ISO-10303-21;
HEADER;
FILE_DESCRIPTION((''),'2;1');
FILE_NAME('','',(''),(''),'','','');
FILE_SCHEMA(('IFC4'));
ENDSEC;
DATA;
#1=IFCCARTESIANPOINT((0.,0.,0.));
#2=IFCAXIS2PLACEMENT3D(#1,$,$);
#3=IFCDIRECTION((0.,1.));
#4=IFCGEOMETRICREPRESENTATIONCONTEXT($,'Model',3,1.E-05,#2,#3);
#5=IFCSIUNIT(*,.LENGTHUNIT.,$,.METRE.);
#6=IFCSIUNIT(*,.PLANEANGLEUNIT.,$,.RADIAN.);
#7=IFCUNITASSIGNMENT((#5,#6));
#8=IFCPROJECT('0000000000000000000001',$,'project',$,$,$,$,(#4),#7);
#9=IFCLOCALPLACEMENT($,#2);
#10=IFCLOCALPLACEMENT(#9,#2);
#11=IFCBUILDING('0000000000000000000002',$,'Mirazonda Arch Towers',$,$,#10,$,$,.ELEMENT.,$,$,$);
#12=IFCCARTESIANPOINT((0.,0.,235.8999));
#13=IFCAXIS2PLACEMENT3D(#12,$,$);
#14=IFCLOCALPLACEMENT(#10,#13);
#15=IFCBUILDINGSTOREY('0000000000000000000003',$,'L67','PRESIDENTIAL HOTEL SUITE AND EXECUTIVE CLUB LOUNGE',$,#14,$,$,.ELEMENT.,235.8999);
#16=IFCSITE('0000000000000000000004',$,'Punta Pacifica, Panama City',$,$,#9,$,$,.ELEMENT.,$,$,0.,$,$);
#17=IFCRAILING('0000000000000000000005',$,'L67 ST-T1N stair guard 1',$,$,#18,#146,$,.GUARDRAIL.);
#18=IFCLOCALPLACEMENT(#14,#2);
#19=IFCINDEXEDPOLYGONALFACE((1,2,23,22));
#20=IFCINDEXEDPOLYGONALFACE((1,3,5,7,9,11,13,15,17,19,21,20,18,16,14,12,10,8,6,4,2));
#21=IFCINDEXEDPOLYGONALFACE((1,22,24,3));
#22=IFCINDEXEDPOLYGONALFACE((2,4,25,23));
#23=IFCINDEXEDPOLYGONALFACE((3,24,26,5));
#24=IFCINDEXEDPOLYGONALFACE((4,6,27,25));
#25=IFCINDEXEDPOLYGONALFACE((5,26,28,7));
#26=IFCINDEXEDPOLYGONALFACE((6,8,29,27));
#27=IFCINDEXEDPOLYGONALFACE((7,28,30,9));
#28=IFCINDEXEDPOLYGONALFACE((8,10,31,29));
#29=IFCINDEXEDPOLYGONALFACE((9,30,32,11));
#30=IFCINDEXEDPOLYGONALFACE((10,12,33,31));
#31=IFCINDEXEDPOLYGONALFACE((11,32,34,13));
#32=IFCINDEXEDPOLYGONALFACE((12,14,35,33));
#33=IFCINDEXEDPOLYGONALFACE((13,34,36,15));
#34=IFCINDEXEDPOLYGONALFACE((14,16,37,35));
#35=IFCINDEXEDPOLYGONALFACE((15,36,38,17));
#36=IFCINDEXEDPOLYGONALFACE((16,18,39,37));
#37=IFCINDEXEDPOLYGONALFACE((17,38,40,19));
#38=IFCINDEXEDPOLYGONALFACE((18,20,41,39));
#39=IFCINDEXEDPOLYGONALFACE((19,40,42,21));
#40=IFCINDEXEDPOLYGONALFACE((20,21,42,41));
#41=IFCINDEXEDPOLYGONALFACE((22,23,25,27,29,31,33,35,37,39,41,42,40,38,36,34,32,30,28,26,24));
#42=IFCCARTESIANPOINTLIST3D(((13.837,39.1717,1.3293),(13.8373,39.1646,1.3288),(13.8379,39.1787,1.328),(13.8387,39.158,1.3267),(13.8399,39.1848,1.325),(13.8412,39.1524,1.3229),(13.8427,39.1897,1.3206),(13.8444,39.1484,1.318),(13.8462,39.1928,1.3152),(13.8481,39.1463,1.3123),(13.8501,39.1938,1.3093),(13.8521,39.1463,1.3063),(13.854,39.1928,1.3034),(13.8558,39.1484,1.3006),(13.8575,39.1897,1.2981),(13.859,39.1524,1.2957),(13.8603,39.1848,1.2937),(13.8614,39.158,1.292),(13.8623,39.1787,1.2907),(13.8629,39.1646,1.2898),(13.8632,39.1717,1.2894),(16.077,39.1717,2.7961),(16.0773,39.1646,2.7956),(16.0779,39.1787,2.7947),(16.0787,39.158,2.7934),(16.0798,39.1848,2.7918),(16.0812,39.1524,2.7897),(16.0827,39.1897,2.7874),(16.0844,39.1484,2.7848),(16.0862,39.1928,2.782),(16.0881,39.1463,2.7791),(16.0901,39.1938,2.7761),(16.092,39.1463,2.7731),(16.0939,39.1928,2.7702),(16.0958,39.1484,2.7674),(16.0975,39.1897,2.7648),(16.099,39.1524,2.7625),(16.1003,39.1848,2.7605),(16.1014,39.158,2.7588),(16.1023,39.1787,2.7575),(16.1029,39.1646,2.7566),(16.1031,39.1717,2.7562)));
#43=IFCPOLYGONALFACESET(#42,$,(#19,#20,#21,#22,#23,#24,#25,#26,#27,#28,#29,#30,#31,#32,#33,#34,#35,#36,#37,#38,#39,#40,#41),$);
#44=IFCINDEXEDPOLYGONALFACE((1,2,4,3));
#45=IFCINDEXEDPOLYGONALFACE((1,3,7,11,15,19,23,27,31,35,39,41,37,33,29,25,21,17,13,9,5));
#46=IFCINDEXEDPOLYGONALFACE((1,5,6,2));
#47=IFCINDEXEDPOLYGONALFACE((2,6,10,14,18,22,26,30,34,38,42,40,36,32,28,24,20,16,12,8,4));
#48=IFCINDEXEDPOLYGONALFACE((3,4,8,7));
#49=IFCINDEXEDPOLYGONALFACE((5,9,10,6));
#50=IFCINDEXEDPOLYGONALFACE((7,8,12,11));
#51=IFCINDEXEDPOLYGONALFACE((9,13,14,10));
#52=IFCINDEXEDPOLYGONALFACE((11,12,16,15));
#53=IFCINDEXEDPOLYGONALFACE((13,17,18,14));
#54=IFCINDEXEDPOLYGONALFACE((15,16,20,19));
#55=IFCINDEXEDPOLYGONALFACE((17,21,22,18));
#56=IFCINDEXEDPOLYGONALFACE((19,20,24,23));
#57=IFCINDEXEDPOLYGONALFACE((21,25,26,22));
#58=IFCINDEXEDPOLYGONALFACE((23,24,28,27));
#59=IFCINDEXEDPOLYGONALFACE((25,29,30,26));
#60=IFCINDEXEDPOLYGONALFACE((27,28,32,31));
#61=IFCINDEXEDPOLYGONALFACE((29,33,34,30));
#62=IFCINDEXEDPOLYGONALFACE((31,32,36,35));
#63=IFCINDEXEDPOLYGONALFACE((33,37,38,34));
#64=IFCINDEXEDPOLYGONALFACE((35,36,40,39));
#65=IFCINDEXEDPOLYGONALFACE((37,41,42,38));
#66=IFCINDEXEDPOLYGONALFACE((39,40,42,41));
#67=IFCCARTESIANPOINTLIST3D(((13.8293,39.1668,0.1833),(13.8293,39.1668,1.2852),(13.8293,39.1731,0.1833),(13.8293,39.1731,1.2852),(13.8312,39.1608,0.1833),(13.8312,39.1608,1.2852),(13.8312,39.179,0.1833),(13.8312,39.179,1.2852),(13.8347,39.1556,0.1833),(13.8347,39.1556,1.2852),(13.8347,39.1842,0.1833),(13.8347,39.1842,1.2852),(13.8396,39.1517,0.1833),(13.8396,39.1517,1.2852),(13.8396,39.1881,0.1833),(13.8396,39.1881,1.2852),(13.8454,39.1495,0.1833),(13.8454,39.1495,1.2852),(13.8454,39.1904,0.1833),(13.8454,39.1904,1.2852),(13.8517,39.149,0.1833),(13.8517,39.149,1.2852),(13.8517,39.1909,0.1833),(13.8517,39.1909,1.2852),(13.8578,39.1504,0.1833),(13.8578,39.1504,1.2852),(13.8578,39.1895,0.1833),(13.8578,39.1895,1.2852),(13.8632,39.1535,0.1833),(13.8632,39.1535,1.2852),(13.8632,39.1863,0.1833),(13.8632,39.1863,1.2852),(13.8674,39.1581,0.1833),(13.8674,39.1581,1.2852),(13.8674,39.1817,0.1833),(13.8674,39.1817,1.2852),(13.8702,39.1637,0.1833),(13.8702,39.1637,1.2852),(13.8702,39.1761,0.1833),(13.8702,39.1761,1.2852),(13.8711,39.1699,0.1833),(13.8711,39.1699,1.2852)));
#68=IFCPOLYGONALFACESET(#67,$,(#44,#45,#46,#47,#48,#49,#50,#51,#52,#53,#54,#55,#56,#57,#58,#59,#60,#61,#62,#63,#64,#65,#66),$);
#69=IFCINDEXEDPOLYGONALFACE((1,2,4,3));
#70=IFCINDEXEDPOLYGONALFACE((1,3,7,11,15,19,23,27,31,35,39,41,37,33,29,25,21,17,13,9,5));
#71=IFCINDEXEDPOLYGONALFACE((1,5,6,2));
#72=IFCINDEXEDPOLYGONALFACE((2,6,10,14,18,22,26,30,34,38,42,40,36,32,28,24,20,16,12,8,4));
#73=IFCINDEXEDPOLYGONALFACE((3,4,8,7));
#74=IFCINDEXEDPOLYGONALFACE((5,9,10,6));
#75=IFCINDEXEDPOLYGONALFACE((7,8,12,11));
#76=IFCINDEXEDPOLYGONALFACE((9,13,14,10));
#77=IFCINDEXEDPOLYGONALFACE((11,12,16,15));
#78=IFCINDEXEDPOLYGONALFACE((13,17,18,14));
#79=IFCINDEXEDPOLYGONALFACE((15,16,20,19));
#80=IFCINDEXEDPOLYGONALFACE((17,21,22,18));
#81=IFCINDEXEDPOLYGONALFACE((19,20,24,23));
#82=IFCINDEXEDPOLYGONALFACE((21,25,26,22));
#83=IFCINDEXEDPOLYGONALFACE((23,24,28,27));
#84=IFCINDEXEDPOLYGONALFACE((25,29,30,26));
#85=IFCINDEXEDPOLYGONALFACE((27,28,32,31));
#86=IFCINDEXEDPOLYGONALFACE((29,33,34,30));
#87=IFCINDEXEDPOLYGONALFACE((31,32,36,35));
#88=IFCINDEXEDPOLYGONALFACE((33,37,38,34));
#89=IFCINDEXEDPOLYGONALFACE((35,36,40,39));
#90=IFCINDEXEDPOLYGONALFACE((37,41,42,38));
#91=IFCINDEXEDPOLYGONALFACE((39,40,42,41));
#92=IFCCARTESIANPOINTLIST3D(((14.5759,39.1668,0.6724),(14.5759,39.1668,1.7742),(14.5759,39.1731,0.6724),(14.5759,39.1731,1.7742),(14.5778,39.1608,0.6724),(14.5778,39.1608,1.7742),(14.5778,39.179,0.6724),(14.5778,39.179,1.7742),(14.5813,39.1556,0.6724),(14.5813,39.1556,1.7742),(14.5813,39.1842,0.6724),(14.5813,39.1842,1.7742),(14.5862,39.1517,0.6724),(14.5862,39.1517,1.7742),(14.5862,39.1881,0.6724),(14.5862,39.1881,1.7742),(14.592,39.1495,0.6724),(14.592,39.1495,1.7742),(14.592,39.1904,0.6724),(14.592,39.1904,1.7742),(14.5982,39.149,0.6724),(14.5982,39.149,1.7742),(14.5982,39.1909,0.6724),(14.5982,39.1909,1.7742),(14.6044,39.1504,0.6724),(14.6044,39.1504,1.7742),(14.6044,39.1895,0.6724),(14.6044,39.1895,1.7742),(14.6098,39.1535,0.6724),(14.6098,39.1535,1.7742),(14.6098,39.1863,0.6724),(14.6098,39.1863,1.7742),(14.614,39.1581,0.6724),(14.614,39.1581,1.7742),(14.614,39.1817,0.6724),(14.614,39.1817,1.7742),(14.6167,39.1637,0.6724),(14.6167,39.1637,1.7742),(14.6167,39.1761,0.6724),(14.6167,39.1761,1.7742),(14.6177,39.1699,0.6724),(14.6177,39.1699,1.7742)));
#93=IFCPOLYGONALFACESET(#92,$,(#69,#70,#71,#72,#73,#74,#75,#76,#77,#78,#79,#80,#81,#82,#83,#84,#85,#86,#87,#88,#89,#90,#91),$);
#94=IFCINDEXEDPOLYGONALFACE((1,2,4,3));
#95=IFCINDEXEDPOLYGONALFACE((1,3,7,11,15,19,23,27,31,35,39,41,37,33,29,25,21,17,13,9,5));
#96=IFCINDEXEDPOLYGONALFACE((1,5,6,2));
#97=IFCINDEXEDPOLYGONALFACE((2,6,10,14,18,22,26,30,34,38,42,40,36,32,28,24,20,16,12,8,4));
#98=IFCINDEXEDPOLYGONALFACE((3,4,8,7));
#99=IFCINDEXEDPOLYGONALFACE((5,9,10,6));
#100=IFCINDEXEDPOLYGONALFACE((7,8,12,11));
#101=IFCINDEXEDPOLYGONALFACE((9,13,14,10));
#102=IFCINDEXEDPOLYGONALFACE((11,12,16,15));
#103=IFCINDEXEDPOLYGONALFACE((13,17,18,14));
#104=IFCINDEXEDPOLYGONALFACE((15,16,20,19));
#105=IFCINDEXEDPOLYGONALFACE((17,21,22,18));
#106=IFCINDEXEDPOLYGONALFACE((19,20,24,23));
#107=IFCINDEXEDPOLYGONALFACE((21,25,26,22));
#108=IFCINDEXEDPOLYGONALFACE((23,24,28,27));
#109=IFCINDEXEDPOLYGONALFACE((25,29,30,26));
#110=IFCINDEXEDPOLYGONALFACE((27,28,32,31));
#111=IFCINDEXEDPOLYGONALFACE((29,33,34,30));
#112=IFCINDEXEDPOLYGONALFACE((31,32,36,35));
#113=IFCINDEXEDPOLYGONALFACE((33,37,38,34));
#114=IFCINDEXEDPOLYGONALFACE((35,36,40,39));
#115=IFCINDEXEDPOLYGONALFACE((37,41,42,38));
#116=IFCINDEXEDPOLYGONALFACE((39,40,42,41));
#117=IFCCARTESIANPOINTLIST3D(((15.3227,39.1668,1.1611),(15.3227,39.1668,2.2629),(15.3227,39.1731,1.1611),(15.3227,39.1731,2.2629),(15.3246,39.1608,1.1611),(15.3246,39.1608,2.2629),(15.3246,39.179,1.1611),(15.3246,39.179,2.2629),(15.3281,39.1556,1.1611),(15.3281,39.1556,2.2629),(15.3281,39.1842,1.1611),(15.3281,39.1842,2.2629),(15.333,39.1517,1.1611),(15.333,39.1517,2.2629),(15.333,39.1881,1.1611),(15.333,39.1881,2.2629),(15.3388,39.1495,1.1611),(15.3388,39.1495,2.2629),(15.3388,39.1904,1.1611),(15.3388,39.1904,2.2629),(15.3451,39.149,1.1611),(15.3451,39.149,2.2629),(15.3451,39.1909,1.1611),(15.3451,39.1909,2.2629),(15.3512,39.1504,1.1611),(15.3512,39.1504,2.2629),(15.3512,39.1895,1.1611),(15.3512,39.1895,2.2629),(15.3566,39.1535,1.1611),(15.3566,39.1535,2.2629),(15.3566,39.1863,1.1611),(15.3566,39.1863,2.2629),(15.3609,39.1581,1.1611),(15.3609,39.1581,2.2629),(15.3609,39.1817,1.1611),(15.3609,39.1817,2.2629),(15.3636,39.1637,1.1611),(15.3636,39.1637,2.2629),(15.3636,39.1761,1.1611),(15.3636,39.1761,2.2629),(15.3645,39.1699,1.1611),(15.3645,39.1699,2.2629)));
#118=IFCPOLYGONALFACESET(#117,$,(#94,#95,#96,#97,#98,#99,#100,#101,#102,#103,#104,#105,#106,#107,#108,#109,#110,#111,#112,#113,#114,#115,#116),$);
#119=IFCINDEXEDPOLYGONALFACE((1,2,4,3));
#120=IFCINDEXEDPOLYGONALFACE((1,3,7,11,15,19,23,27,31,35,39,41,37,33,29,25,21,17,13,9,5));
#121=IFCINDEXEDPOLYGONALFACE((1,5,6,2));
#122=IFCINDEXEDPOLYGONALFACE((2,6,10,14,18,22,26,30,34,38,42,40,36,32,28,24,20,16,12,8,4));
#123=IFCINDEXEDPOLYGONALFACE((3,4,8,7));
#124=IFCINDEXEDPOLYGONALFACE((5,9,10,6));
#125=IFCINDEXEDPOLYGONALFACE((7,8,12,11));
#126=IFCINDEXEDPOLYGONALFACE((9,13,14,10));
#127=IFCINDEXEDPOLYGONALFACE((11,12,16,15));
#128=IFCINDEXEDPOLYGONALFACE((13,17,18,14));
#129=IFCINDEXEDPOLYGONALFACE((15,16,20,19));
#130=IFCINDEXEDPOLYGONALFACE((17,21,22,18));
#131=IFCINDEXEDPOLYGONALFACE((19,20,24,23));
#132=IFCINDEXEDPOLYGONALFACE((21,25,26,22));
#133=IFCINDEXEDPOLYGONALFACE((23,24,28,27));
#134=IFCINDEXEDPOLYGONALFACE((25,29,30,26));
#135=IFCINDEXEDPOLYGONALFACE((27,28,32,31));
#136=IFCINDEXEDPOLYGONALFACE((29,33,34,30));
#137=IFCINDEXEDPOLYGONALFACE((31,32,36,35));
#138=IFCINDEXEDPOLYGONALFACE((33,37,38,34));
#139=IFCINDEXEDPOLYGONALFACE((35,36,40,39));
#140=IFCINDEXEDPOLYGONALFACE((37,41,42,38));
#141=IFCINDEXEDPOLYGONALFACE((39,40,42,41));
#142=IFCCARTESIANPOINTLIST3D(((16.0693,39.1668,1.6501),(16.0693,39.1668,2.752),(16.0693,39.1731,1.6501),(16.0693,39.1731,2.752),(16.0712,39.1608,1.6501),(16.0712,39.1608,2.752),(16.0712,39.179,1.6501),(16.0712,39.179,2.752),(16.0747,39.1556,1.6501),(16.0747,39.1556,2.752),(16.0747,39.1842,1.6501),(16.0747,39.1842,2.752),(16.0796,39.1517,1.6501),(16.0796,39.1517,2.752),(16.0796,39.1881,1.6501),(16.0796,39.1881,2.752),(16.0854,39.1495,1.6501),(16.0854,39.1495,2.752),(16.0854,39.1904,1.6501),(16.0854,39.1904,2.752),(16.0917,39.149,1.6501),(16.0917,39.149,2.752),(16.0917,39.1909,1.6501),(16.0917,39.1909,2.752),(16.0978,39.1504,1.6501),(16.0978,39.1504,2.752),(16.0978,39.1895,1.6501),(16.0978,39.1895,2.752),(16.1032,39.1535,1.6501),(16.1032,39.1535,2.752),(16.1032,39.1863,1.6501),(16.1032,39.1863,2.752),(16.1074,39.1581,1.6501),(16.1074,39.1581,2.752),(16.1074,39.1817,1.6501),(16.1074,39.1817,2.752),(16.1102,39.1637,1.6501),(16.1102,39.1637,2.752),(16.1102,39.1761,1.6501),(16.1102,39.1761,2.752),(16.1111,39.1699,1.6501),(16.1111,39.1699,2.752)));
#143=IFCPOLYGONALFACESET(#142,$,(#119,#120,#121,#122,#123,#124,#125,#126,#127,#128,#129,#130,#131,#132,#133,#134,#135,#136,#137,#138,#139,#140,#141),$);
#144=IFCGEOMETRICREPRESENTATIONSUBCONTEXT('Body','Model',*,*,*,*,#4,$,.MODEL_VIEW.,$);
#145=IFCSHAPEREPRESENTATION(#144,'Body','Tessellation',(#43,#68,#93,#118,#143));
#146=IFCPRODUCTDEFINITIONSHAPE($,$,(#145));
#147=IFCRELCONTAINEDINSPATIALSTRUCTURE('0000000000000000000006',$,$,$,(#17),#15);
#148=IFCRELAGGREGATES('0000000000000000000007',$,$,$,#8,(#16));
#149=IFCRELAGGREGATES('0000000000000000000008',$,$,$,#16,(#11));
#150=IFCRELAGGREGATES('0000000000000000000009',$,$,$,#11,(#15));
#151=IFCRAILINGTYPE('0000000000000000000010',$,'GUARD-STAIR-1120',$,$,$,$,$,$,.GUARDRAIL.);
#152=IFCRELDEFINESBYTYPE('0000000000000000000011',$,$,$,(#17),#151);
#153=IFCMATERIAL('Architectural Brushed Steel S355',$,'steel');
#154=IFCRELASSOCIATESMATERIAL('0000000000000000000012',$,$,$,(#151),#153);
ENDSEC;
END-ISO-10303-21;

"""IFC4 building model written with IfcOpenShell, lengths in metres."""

from ifc_helpers import new_model, si_unit, direction, frame, origin, origin_2d, place, context, subcontext, project, spatial, circle, extrude, material, type_object, element, save


model = new_model("IFC4")

# Units and contexts
model_context = context("Model", 3, precision=1e-05, world=origin(), true_north=direction((0.0, 1.0)))
body_context = subcontext(model_context, "Body", "Model", "MODEL_VIEW")
ifc_project = project(units=[si_unit("LENGTHUNIT", "METRE"), si_unit("PLANEANGLEUNIT", "RADIAN")], contexts=[model_context])

# Site, building, storey
site_placement = place(None, origin())
site = spatial("IfcSite", under=ifc_project, at=site_placement, Name="Punta Pacifica, Panama City", CompositionType="ELEMENT", RefElevation=0.0)
building_placement = place(site_placement, origin())
building = spatial("IfcBuilding", under=site, at=building_placement, Name="Mirazonda Arch Towers", CompositionType="ELEMENT")
storey_placement = place(building_placement, frame((0.0, 0.0, 235.8999)))
storey = spatial("IfcBuildingStorey", under=building, at=storey_placement, Name="L67", Description="PRESIDENTIAL HOTEL SUITE AND EXECUTIVE CLUB LOUNGE", CompositionType="ELEMENT", Elevation=235.8999)

# Shared definitions
ifc_material_1 = material(Name="Architectural Brushed Steel S355", Category="steel")

# Railing
railing_type_1 = type_object("IfcRailingType", Name="GUARD-STAIR-1120", PredefinedType="GUARDRAIL", material=ifc_material_1)
railing_1_placement = place(storey_placement, frame((13.8501, 39.1699, 0.1833)))
element("IfcRailing", 1, at=railing_1_placement, inside=storey, type_object=railing_type_1, Name="L67 ST-T1N stair guard 1", PredefinedType="GUARDRAIL", context=body_context, shape_type="SweptSolid", body=[
    extrude(circle(Radius=0.0239, at=origin_2d()), frame((0.0, 0.0, 1.126), z_axis=(0.836595, 0.0, 0.547822), x_axis=(0.0, 1.0, 0.0)), (0.0, 0.0, 1.0), 2.6775),
    extrude(circle(Radius=0.021, at=origin_2d()), origin(), (0.0, 0.0, 1.0), 1.1018),
    extrude(circle(Radius=0.021, at=origin_2d()), frame((0.7466, 0.0, 0.489)), (0.0, 0.0, 1.0), 1.1018),
    extrude(circle(Radius=0.021, at=origin_2d()), frame((1.4934, 0.0, 0.9778)), (0.0, 0.0, 1.0), 1.1018),
    extrude(circle(Radius=0.021, at=origin_2d()), frame((2.24, 0.0, 1.4668)), (0.0, 0.0, 1.0), 1.1018),
])

save(model, "model.ifc")
